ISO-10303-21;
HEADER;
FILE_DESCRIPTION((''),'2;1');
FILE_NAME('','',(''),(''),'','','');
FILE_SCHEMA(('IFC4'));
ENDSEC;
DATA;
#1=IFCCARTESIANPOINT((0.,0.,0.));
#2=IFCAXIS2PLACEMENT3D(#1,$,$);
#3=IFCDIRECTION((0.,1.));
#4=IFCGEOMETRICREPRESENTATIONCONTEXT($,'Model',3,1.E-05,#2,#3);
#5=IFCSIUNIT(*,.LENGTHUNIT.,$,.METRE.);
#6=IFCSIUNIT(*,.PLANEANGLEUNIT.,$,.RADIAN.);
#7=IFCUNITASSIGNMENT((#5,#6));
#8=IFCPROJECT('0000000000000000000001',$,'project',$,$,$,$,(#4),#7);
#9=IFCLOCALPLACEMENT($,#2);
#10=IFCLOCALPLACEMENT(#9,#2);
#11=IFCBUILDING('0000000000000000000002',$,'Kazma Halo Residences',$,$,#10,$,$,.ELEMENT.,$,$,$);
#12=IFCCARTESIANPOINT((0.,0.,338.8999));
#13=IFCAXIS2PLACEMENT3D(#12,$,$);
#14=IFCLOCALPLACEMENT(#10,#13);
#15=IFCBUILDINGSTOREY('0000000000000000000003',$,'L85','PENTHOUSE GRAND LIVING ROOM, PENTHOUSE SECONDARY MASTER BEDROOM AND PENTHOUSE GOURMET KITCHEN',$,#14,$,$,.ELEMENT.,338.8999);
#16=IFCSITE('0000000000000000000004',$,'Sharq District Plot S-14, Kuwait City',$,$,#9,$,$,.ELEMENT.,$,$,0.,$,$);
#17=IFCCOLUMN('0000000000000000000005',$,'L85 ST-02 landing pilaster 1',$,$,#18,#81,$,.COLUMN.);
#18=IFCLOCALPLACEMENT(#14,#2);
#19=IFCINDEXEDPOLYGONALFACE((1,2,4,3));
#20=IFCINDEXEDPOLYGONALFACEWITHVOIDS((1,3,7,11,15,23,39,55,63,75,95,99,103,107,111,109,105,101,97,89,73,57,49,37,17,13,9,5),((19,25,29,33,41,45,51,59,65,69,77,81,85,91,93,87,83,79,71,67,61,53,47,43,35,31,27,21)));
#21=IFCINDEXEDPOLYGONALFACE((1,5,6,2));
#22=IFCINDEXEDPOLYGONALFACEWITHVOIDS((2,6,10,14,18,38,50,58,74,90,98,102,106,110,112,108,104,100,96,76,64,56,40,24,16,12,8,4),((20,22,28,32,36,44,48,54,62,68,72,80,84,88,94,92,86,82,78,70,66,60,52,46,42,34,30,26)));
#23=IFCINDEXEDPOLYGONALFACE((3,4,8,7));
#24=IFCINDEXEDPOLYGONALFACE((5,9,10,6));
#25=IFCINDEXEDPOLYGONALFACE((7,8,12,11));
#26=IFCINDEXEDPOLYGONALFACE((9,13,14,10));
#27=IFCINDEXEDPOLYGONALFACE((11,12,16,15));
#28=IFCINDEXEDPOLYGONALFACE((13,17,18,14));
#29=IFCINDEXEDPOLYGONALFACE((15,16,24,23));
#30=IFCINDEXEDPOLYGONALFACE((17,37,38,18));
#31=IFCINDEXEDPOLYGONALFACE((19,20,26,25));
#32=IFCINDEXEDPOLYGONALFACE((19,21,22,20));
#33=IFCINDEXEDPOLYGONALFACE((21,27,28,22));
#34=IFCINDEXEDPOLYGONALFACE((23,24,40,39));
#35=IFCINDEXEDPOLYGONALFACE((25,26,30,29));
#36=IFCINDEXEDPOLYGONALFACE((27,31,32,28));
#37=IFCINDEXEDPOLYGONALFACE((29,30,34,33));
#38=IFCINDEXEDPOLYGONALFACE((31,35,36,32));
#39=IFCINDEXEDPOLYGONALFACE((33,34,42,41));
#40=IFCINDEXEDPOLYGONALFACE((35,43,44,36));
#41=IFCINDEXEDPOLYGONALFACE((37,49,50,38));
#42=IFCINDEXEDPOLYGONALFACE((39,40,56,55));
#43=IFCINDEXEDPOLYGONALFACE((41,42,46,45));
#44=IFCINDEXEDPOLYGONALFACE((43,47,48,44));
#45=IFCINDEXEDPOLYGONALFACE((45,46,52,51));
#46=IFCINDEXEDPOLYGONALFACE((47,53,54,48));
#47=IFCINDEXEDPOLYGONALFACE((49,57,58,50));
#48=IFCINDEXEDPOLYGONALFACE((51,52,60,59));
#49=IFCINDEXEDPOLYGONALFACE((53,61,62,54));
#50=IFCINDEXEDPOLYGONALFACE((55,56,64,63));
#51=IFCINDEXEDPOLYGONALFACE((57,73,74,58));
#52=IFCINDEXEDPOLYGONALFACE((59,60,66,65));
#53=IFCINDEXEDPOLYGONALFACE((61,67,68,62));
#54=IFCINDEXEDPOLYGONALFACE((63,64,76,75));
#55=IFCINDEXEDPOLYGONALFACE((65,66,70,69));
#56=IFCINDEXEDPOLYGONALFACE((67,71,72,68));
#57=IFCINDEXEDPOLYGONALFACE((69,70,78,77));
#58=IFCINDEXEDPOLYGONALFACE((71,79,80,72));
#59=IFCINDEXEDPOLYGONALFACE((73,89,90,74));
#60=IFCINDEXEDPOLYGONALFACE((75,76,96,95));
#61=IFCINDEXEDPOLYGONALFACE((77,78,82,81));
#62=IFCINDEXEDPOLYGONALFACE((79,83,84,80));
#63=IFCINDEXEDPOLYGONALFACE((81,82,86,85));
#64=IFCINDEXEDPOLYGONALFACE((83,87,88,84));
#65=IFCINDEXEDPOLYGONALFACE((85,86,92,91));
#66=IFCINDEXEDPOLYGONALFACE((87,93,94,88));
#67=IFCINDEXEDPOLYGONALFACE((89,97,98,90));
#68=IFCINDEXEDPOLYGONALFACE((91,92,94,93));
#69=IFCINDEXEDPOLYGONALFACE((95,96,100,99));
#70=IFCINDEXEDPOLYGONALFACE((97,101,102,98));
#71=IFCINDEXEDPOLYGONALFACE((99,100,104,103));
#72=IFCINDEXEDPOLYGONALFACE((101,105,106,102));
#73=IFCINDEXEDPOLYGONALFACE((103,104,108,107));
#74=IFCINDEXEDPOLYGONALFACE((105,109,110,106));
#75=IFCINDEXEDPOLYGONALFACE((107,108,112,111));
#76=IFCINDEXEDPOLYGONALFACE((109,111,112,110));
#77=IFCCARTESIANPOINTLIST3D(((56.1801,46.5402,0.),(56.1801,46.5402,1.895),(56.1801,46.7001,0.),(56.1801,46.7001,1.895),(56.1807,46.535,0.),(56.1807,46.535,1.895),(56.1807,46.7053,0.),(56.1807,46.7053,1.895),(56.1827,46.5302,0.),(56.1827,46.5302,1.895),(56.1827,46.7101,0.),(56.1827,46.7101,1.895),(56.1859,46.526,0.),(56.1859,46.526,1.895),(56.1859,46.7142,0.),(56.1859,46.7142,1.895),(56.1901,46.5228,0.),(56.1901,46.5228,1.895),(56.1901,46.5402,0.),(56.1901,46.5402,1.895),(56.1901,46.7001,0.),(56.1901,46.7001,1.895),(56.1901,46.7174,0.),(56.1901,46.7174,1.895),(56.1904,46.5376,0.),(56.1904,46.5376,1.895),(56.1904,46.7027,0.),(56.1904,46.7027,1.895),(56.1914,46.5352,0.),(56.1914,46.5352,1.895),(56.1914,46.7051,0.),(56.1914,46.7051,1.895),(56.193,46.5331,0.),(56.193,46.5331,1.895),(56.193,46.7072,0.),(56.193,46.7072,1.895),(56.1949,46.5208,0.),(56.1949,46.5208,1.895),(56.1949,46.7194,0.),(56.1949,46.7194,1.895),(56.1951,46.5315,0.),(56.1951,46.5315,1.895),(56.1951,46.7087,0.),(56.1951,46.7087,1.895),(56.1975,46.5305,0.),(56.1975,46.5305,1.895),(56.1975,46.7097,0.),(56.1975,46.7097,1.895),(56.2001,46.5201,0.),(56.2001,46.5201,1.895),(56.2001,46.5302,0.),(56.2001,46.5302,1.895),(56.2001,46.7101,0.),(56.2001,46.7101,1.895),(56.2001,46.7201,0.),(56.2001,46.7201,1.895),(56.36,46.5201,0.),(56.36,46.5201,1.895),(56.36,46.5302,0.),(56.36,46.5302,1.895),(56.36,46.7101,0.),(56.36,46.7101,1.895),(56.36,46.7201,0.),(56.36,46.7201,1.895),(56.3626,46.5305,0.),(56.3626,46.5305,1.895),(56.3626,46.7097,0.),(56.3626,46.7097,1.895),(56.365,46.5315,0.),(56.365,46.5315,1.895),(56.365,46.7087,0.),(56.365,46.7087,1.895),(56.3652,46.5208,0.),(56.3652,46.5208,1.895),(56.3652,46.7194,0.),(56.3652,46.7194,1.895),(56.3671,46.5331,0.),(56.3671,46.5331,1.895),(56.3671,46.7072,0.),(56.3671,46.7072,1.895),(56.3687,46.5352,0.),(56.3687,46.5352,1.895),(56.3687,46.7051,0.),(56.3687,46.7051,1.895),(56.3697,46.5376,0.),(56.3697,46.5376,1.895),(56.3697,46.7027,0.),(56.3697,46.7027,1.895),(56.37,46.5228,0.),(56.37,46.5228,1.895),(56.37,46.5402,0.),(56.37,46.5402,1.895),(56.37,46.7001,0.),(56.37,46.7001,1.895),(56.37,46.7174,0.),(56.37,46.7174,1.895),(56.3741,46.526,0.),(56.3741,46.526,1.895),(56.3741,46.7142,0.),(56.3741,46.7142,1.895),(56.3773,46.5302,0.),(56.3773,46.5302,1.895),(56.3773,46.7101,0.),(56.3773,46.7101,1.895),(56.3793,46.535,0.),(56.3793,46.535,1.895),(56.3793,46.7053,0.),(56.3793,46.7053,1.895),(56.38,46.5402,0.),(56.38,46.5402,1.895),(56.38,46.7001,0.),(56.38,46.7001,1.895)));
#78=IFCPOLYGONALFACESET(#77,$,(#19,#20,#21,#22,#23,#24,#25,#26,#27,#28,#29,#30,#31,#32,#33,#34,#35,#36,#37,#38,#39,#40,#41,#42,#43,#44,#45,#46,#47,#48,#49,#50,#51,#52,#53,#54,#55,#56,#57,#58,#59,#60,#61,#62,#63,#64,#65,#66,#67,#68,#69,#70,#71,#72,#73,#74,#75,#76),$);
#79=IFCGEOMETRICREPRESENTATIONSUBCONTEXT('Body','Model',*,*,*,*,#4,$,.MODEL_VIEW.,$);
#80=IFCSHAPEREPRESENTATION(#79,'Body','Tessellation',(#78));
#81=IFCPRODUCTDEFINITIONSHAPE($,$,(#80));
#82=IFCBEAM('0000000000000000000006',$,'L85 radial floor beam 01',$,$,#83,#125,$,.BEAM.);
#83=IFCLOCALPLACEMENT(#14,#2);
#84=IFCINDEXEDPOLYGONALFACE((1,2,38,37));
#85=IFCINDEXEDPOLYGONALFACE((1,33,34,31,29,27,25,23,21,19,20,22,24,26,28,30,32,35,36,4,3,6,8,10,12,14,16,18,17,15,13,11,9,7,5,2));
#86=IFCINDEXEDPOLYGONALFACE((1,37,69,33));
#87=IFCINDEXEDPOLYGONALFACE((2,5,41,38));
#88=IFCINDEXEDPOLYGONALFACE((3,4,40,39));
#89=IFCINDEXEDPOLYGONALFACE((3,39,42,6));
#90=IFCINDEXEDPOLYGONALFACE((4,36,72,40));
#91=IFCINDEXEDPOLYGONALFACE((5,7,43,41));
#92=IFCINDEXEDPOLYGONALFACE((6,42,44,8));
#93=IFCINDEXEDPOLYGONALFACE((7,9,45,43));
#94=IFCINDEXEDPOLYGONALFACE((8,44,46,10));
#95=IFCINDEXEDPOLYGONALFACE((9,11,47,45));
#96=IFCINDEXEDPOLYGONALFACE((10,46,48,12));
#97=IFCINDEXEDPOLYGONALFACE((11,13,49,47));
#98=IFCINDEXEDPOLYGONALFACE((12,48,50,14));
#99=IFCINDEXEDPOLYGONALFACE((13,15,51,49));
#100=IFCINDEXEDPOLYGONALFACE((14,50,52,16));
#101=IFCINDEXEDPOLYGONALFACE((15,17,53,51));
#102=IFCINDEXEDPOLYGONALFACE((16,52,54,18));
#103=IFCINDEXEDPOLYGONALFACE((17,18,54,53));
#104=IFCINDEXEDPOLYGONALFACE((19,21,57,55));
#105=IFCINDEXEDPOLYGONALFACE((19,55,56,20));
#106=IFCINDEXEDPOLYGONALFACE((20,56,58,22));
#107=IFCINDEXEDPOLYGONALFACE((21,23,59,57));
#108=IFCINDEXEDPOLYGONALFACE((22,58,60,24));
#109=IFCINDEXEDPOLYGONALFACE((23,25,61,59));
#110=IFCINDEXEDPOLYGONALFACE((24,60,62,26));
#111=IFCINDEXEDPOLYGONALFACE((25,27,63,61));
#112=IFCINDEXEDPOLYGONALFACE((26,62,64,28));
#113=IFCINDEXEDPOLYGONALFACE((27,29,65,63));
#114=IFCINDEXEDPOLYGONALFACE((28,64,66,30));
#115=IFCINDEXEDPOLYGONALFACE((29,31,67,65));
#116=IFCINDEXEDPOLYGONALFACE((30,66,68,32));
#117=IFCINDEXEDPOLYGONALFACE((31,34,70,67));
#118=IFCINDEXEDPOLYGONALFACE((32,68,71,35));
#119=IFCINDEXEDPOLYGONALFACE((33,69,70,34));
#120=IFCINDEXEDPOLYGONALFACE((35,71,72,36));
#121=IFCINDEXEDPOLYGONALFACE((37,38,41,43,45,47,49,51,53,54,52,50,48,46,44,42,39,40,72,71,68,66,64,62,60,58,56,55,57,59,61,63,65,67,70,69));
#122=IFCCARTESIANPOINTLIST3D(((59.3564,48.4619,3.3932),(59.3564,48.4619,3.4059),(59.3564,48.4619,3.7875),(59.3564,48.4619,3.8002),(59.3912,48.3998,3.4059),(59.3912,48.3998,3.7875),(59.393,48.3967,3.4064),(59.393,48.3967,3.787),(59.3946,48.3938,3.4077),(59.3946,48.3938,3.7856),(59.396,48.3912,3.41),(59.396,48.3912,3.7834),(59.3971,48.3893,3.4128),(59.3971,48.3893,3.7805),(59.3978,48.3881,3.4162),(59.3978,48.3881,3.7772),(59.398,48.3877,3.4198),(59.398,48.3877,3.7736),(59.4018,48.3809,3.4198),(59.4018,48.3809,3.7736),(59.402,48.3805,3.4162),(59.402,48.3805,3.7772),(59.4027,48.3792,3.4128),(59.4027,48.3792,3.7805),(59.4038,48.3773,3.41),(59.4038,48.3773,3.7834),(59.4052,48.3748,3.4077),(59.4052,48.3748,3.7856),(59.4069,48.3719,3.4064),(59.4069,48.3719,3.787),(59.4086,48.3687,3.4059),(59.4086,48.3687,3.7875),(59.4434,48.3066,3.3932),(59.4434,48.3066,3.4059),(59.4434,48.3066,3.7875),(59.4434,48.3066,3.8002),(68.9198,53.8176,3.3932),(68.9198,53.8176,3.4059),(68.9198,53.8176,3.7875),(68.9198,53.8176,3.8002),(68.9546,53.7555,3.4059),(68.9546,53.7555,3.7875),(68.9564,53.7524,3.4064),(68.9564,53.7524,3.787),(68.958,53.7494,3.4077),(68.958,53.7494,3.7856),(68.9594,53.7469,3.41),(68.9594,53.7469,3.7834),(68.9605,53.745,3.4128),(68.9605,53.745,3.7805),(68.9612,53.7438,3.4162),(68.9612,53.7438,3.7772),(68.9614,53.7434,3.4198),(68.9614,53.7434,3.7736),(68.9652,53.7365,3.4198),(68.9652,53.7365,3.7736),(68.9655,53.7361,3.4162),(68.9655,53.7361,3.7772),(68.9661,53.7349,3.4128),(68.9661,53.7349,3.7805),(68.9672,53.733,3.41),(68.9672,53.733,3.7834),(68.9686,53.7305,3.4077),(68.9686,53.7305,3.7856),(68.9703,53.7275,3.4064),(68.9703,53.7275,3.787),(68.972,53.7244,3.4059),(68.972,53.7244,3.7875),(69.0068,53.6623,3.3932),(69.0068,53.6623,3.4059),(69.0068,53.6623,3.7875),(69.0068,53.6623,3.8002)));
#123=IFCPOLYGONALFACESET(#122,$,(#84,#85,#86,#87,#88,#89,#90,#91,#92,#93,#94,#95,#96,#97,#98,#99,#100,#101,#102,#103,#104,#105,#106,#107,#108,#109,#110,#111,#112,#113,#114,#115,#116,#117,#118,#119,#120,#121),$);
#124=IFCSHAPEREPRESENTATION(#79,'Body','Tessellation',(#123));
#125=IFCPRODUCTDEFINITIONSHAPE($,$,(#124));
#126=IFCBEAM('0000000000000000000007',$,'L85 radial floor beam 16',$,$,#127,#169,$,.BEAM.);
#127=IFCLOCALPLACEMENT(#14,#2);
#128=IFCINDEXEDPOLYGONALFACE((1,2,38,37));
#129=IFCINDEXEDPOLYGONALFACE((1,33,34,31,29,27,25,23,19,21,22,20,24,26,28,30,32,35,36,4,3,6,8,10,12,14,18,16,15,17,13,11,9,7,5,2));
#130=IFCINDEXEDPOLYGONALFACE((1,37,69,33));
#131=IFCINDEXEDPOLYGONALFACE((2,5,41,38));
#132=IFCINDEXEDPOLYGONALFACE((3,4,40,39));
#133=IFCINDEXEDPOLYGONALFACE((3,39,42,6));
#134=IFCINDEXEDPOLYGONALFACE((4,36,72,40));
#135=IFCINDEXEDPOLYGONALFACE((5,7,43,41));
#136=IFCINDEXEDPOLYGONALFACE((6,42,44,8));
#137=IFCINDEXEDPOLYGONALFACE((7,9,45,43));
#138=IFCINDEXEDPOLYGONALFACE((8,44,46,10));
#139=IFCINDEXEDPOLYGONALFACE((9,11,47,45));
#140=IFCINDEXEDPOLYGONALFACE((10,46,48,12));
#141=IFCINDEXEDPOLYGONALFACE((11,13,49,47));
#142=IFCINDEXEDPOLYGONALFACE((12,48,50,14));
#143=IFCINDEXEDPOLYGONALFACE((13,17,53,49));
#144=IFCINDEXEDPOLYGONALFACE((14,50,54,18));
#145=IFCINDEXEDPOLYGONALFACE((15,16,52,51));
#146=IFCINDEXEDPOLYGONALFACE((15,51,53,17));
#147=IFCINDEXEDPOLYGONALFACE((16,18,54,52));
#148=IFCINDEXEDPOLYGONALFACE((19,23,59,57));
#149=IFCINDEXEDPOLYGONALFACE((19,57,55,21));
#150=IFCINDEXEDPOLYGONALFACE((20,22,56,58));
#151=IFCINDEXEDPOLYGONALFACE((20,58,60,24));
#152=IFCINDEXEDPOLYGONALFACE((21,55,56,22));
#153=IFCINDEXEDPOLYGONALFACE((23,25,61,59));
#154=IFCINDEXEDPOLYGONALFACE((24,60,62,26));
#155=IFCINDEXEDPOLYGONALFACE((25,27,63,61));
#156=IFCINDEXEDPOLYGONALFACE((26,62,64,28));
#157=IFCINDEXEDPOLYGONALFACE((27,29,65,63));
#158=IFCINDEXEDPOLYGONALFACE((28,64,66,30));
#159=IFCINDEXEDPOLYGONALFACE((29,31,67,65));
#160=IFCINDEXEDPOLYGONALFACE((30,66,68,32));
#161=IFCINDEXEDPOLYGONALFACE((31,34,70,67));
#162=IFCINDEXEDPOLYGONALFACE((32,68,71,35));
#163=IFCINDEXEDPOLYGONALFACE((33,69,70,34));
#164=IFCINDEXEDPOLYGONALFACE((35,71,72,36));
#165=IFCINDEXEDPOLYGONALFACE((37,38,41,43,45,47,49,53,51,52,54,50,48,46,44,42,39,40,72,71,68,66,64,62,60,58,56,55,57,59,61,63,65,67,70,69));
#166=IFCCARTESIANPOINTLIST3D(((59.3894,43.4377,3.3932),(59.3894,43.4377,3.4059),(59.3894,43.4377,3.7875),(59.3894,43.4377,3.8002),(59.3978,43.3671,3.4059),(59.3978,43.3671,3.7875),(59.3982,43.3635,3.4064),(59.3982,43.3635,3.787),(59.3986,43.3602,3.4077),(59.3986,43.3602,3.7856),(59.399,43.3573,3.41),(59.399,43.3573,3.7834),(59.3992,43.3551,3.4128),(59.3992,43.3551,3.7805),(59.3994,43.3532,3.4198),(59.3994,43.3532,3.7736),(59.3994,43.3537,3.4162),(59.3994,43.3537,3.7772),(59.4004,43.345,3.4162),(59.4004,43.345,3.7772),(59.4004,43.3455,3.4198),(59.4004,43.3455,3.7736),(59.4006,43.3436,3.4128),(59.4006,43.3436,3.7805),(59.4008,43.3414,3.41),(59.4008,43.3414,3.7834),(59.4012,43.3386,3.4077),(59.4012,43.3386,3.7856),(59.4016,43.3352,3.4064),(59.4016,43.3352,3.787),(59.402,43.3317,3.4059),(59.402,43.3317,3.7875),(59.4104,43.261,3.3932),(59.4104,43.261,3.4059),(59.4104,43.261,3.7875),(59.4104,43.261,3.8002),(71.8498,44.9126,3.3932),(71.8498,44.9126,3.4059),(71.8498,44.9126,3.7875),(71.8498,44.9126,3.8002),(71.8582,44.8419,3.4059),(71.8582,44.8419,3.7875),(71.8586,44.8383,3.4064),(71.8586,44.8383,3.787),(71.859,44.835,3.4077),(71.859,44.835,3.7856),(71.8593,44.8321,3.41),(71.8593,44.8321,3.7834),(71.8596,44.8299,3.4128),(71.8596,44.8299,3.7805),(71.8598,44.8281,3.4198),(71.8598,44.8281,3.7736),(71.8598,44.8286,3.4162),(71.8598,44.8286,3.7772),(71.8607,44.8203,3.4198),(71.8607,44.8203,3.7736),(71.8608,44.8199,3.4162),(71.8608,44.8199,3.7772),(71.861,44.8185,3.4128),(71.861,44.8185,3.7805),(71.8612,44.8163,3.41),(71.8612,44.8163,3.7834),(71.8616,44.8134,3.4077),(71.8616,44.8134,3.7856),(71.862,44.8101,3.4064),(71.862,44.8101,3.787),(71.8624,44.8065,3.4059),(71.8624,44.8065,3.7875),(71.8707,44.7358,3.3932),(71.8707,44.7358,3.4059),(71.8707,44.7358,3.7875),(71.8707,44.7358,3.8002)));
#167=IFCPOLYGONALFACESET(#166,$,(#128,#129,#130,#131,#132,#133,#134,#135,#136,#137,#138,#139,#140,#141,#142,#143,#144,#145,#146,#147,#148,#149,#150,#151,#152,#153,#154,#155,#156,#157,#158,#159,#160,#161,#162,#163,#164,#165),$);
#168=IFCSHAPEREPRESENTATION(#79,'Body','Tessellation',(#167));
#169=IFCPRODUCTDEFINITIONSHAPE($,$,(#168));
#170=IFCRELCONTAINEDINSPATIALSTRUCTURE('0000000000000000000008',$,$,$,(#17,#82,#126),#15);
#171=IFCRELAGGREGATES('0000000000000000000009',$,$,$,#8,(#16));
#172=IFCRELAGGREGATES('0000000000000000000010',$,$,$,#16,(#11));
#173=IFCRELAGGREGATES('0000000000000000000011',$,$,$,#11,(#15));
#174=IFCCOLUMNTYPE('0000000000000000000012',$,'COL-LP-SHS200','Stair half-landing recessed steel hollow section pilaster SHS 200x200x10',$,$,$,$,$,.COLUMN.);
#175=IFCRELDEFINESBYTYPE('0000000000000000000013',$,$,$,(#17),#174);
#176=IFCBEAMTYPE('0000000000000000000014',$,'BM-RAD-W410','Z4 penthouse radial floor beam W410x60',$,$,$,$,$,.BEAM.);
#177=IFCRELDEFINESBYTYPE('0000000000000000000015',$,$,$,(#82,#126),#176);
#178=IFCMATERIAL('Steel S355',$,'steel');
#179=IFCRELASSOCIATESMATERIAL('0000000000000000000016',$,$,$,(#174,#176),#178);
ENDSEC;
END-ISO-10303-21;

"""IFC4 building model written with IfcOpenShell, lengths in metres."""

from ifc_helpers import new_model, si_unit, direction, frame, origin, origin_2d, place, context, subcontext, project, spatial, hollow_rectangle, i_section, extrude, material, material_profile, profile_set, type_object, element, save


model = new_model("IFC4")

# Units and contexts
model_context = context("Model", 3, precision=1e-05, world=origin(), true_north=direction((0.0, 1.0)))
body_context = subcontext(model_context, "Body", "Model", "MODEL_VIEW")
ifc_project = project(units=[si_unit("LENGTHUNIT", "METRE"), si_unit("PLANEANGLEUNIT", "RADIAN")], contexts=[model_context])

# Site, building, storey
site_placement = place(None, origin())
site = spatial("IfcSite", under=ifc_project, at=site_placement, Name="Sharq District Plot S-14, Kuwait City", CompositionType="ELEMENT", RefElevation=0.0)
building_placement = place(site_placement, origin())
building = spatial("IfcBuilding", under=site, at=building_placement, Name="Kazma Halo Residences", CompositionType="ELEMENT")
storey_placement = place(building_placement, frame((0.0, 0.0, 338.8999)))
storey = spatial("IfcBuildingStorey", under=building, at=storey_placement, Name="L85", Description="PENTHOUSE GRAND LIVING ROOM, PENTHOUSE SECONDARY MASTER BEDROOM AND PENTHOUSE GOURMET KITCHEN", CompositionType="ELEMENT", Elevation=338.8999)

# Column
ifc_material_1 = material(Name="Steel S355", Category="steel")
ifc_material_profile_1 = material_profile(ifc_material_1, hollow_rectangle(XDim=0.2, YDim=0.2, WallThickness=0.01, InnerFilletRadius=0.01, OuterFilletRadius=0.02, at=origin_2d()), Name="SHS200x200x10")
ifc_profile_set_1 = profile_set([ifc_material_profile_1], Name="Steel S355")
column_type = type_object("IfcColumnType", Name="COL-LP-SHS200", Description="Stair half-landing recessed steel hollow section pilaster SHS 200x200x10", PredefinedType="COLUMN", material=ifc_profile_set_1)
column_placement = place(storey_placement, frame((56.28, 46.6201, 0.0), z_axis=(0.0, 0.0, 1.0), x_axis=(1.0, 0.0, 0.0)))
element("IfcColumn", 1, at=column_placement, inside=storey, type_object=column_type, Name="L85 ST-02 landing pilaster 1", PredefinedType="COLUMN", context=body_context, shape_type="SweptSolid", body=[
    extrude(hollow_rectangle(XDim=0.2, YDim=0.2, WallThickness=0.01, InnerFilletRadius=0.01, OuterFilletRadius=0.02, at=origin_2d()), origin(), (0.0, 0.0, 1.0), 1.895),
])

# Beams
ifc_material_profile_2 = material_profile(ifc_material_1, i_section(OverallWidth=0.178, OverallDepth=0.407, WebThickness=0.0078, FlangeThickness=0.0127, FilletRadius=0.0139, at=origin_2d()), Name="W410x60")
ifc_profile_set_2 = profile_set([ifc_material_profile_2], Name="Steel S355")
beam_type_1 = type_object("IfcBeamType", Name="BM-RAD-W410", Description="Z4 penthouse radial floor beam W410x60", PredefinedType="BEAM", material=ifc_profile_set_2)
beam_1_placement = place(storey_placement, frame((59.3999, 48.3843, 3.5967), z_axis=(0.8725, 0.488615, 0.0), x_axis=(-0.488615, 0.8725, 0.0)))
element("IfcBeam", 2, at=beam_1_placement, inside=storey, type_object=beam_type_1, Name="L85 radial floor beam 01", PredefinedType="BEAM", context=body_context, shape_type="SweptSolid", body=[
    extrude(i_section(OverallWidth=0.178, OverallDepth=0.407, WebThickness=0.0078, FlangeThickness=0.0127, FilletRadius=0.0139, at=origin_2d()), origin(), (0.0, 0.0, 1.0), 10.9609),
])
beam_2_placement = place(storey_placement, frame((59.3999, 43.3494, 3.5967), z_axis=(0.993068, 0.117542, 0.0), x_axis=(-0.117542, 0.993068, 0.0)))
element("IfcBeam", 3, at=beam_2_placement, inside=storey, type_object=beam_type_1, Name="L85 radial floor beam 16", PredefinedType="BEAM", context=body_context, shape_type="SweptSolid", body=[
    extrude(i_section(OverallWidth=0.178, OverallDepth=0.407, WebThickness=0.0078, FlangeThickness=0.0127, FilletRadius=0.0139, at=origin_2d()), origin(), (0.0, 0.0, 1.0), 12.5474),
])

save(model, "model.ifc")
